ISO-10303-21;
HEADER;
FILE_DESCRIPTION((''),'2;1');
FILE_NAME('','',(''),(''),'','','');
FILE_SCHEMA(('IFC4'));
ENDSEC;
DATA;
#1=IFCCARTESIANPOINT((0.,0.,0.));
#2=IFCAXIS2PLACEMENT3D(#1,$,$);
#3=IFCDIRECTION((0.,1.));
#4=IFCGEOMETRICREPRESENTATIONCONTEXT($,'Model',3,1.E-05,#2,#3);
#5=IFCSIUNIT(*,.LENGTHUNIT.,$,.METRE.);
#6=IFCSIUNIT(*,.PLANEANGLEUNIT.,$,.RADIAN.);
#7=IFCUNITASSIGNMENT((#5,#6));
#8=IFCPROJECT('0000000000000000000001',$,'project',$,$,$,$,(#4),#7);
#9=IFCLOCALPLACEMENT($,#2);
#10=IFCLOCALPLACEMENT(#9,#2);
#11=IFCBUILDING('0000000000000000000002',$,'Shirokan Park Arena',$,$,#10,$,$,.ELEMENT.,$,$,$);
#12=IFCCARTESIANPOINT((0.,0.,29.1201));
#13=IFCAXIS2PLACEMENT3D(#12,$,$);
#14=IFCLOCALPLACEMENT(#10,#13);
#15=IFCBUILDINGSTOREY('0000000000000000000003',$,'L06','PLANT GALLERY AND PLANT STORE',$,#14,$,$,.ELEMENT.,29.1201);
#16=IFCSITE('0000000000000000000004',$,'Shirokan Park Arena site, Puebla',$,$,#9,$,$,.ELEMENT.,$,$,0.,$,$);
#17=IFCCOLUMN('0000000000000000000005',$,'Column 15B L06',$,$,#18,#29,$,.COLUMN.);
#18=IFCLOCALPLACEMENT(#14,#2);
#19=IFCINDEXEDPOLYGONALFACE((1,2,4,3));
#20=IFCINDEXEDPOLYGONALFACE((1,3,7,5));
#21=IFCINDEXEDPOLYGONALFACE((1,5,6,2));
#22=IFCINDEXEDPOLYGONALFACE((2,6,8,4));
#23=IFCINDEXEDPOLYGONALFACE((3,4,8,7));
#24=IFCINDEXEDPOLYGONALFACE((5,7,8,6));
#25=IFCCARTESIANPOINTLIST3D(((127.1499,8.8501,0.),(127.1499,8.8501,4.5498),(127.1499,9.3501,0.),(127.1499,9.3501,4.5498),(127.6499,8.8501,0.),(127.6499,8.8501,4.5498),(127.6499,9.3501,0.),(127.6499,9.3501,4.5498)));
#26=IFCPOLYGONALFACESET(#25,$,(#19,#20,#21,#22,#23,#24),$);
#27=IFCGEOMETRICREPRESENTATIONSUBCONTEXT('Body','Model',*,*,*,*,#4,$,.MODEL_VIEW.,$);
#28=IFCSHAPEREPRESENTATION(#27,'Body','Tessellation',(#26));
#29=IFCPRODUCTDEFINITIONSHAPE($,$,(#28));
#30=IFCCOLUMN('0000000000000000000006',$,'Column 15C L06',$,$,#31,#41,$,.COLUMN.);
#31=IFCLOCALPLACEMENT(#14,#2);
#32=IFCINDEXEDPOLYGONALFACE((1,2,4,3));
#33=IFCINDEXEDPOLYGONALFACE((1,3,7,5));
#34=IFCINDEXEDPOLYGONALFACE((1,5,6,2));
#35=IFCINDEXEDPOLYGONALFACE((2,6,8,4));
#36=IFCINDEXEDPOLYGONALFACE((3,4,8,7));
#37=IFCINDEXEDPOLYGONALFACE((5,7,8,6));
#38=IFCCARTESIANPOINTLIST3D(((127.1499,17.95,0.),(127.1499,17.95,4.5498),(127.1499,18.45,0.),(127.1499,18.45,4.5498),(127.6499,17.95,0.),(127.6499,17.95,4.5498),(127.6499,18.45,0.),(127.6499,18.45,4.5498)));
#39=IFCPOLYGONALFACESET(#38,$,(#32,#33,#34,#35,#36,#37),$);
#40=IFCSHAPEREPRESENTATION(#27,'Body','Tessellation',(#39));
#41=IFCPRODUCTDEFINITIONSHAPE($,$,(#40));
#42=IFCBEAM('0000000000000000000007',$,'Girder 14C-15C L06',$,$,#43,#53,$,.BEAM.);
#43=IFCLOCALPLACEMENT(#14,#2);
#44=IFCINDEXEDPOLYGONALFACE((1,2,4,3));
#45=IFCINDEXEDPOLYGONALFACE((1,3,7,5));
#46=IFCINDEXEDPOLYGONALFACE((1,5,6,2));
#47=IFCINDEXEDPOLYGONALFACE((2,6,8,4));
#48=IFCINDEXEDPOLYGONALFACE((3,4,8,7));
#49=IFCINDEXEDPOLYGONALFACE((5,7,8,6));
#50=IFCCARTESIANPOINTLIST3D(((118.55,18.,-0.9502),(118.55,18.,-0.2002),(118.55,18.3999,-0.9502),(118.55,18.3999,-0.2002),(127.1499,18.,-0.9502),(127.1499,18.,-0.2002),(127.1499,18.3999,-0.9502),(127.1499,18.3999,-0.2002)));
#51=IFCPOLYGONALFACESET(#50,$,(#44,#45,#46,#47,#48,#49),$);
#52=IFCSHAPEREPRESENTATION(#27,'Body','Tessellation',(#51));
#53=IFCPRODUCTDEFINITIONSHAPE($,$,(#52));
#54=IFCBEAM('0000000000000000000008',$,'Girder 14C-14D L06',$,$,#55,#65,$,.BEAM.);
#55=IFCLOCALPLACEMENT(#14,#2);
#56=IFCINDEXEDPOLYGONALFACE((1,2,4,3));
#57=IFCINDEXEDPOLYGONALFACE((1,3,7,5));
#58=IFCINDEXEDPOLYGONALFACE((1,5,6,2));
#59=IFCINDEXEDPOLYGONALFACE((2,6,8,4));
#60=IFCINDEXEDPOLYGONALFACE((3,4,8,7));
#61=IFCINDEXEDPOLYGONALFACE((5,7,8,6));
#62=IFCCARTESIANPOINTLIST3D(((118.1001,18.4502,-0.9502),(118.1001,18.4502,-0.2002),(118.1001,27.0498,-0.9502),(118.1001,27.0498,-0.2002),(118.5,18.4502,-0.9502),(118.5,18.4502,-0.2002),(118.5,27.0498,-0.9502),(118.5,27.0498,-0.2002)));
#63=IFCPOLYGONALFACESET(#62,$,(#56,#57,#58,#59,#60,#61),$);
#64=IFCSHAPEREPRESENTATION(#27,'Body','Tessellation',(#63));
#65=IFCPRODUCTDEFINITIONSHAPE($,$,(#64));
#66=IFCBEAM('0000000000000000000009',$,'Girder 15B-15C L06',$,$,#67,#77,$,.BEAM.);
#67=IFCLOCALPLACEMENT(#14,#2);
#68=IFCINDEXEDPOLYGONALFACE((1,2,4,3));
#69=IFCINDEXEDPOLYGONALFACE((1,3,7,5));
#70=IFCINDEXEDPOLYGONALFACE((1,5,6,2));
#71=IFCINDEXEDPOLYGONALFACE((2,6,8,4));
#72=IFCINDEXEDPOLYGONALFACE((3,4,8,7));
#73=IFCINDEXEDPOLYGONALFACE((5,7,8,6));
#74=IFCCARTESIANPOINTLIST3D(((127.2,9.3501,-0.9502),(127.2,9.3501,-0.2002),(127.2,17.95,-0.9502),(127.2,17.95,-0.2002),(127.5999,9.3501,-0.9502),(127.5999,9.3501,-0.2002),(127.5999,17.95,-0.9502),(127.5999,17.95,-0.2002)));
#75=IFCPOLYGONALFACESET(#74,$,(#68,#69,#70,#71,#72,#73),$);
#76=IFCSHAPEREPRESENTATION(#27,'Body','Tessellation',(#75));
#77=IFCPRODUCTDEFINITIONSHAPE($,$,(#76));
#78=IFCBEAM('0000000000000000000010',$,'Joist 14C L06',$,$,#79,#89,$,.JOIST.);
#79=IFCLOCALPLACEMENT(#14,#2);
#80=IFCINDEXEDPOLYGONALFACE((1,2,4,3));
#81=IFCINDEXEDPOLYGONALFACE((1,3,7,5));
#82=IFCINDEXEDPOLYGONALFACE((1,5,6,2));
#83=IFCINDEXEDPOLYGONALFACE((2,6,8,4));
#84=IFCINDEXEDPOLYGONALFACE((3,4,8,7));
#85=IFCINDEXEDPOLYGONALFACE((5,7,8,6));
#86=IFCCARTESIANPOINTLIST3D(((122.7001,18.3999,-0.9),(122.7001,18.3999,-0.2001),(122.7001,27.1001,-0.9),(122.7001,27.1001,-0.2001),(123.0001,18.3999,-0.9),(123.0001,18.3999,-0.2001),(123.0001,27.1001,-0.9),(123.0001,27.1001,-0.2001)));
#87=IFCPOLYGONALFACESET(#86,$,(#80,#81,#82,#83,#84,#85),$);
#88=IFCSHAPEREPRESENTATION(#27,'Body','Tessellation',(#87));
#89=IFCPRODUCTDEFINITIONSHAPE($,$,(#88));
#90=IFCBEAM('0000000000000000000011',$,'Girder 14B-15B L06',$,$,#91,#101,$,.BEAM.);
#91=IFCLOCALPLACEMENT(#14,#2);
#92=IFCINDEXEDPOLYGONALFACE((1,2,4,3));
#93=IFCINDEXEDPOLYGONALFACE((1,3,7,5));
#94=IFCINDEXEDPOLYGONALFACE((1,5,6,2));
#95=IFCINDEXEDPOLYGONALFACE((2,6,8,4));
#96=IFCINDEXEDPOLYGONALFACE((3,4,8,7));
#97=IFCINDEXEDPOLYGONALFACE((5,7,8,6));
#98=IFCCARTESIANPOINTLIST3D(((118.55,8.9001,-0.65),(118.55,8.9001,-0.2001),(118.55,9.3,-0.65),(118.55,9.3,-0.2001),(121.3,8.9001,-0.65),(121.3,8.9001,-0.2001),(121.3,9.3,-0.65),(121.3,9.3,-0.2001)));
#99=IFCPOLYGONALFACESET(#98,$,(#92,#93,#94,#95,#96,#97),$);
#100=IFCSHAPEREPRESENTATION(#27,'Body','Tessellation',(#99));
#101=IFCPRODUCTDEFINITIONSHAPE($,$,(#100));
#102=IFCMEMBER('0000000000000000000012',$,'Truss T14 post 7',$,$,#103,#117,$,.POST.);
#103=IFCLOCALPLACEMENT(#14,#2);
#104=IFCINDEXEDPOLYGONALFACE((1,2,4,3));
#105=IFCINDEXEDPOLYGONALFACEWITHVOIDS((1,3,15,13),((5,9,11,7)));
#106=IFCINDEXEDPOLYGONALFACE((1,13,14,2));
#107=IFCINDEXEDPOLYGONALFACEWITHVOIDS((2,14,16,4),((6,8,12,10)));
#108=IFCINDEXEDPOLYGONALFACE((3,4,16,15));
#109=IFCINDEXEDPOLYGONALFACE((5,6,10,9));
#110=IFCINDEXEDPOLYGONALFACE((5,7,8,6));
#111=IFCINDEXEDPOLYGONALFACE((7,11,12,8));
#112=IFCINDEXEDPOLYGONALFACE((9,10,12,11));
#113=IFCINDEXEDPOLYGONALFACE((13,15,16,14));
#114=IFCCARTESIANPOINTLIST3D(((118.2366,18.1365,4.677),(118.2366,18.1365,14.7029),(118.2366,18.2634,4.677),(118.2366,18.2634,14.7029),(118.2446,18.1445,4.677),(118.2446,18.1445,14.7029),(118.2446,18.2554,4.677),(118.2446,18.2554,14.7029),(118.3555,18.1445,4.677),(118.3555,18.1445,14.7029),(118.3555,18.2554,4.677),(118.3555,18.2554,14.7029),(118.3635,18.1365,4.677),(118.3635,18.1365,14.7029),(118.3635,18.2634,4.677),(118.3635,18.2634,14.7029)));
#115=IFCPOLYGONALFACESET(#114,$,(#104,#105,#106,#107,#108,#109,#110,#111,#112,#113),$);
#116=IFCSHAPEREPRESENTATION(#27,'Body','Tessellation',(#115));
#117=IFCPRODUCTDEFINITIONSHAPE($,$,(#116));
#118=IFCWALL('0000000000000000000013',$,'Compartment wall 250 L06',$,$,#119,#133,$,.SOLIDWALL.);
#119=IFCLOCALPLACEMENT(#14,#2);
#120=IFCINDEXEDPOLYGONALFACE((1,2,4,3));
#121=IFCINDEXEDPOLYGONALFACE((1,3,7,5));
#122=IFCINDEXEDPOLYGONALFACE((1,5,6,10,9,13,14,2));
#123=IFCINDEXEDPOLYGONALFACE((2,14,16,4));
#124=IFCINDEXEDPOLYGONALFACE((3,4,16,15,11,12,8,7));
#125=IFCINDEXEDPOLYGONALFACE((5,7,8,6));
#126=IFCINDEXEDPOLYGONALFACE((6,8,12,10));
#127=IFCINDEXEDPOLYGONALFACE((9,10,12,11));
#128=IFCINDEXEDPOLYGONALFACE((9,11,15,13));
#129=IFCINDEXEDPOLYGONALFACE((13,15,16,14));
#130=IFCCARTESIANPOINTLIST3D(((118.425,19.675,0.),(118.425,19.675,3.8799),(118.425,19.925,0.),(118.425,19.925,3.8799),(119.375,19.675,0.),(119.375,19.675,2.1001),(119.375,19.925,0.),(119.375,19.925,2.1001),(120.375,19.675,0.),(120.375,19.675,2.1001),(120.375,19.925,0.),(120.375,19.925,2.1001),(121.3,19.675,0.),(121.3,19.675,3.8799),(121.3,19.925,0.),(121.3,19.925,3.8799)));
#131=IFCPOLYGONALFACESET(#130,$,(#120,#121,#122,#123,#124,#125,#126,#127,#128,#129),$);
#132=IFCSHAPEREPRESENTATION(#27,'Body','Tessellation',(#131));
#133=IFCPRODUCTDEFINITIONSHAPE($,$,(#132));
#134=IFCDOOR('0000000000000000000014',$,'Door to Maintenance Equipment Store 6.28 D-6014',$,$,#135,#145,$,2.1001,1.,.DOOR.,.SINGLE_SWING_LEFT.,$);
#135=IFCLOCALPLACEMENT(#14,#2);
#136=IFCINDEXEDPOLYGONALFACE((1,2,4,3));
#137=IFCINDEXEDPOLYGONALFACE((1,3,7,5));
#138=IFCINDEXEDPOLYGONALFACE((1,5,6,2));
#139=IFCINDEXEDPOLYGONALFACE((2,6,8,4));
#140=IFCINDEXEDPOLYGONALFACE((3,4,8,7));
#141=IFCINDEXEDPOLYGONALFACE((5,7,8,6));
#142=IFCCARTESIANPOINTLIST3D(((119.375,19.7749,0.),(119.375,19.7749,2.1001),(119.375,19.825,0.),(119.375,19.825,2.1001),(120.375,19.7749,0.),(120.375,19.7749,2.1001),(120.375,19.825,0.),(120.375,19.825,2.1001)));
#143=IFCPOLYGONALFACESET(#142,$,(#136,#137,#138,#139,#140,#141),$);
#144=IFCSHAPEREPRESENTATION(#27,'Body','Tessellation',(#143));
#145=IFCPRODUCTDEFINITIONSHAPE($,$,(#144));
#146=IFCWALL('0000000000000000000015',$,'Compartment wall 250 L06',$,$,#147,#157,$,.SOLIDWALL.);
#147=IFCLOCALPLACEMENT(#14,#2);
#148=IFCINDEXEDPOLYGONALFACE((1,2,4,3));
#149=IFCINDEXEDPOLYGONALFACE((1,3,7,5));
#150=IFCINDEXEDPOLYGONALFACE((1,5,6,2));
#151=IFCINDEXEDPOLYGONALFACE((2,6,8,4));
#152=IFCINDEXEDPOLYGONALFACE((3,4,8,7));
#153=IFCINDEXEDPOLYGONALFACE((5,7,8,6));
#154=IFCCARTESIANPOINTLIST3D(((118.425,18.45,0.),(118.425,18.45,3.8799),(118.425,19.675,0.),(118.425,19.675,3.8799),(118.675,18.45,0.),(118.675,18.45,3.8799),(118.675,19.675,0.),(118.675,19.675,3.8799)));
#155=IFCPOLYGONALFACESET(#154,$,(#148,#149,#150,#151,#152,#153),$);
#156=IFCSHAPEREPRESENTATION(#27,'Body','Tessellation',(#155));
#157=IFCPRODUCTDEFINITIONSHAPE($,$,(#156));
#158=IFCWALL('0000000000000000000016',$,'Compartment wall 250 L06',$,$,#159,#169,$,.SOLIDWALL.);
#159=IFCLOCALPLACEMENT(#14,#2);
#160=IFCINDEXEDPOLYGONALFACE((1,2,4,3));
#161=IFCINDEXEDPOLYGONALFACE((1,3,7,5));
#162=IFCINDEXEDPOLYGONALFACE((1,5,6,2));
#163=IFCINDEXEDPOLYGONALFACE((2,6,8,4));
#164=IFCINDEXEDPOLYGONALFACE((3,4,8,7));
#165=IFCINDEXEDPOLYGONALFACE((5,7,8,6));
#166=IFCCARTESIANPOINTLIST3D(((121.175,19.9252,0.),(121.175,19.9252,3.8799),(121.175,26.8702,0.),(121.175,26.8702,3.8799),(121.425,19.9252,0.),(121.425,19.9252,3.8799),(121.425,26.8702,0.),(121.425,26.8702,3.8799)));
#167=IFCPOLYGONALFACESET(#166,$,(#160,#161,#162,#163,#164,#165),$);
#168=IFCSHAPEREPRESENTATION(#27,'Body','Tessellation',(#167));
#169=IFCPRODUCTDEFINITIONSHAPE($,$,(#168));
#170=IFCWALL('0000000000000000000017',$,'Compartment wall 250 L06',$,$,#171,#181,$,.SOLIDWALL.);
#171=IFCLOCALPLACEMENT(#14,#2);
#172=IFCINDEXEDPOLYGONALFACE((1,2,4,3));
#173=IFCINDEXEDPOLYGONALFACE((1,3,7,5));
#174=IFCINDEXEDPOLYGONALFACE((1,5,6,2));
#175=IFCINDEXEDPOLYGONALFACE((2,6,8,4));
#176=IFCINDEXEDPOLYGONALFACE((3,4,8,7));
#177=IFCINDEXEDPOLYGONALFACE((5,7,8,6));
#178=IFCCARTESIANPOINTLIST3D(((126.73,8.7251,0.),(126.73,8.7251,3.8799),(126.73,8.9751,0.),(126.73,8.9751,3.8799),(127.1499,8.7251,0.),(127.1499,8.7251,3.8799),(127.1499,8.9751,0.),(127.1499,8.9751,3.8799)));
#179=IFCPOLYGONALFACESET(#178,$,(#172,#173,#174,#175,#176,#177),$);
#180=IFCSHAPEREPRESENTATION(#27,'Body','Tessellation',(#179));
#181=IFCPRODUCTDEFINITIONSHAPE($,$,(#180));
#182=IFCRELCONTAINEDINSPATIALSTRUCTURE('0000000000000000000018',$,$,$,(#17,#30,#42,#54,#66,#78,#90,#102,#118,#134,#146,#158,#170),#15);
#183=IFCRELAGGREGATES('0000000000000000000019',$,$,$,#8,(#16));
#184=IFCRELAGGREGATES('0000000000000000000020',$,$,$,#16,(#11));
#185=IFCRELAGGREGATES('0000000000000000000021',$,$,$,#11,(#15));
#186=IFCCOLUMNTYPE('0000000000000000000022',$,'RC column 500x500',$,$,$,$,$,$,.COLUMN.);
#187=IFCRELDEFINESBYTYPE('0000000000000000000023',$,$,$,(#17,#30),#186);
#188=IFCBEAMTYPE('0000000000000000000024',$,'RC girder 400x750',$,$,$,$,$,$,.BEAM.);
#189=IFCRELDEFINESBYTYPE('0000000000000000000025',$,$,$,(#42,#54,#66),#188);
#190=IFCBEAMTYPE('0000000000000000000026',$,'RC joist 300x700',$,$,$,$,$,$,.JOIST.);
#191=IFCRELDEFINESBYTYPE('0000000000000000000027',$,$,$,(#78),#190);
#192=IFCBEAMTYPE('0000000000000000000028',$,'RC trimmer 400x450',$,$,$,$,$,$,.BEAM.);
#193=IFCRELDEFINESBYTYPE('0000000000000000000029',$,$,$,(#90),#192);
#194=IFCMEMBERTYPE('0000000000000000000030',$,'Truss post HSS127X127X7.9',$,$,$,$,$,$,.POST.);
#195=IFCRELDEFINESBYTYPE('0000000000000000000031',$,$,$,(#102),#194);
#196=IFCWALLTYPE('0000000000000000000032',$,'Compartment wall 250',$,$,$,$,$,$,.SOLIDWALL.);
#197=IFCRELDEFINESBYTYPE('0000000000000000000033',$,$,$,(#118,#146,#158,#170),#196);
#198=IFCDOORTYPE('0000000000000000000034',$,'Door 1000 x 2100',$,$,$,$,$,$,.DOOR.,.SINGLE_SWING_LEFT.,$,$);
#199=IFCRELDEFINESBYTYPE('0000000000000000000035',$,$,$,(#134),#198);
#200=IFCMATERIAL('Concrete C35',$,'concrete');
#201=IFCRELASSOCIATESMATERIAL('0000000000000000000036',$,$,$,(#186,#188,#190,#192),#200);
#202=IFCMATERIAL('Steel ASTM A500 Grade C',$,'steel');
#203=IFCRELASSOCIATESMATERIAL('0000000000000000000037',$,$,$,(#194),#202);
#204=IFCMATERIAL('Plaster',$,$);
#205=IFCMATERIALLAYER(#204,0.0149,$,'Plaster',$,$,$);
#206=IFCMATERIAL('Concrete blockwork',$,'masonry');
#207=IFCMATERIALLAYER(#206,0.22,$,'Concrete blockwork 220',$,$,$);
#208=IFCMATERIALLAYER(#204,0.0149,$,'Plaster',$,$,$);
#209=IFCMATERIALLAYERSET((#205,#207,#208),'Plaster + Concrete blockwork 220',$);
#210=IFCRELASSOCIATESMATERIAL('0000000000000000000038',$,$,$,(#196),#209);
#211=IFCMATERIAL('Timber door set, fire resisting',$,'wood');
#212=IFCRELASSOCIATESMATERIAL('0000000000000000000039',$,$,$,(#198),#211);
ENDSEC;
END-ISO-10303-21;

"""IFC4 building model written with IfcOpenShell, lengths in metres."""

from ifc_helpers import new_model, si_unit, direction, frame, frame_2d, origin, origin_2d, place, context, subcontext, project, spatial, rectangle, hollow_rectangle, extrude, material, layer, layer_set, material_profile, profile_set, type_object, element, fill, save


model = new_model("IFC4")

# Units and contexts
model_context = context("Model", 3, precision=1e-05, world=origin(), true_north=direction((0.0, 1.0)))
body_context = subcontext(model_context, "Body", "Model", "MODEL_VIEW")
ifc_project = project(units=[si_unit("LENGTHUNIT", "METRE"), si_unit("PLANEANGLEUNIT", "RADIAN")], contexts=[model_context])

# Site, building, storey
site_placement = place(None, origin())
site = spatial("IfcSite", under=ifc_project, at=site_placement, Name="Shirokan Park Arena site, Puebla", CompositionType="ELEMENT", RefElevation=0.0)
building_placement = place(site_placement, origin())
building = spatial("IfcBuilding", under=site, at=building_placement, Name="Shirokan Park Arena", CompositionType="ELEMENT")
storey_placement = place(building_placement, frame((0.0, 0.0, 29.1201)))
storey = spatial("IfcBuildingStorey", under=building, at=storey_placement, Name="L06", Description="PLANT GALLERY AND PLANT STORE", CompositionType="ELEMENT", Elevation=29.1201)

# Columns
ifc_material_1 = material(Name="Concrete C35", Category="concrete")
ifc_material_profile_1 = material_profile(ifc_material_1, rectangle(XDim=0.5, YDim=0.5, at=origin_2d()), Name="500x500")
ifc_profile_set_1 = profile_set([ifc_material_profile_1], Name="Concrete C35")
column_type = type_object("IfcColumnType", Name="RC column 500x500", PredefinedType="COLUMN", material=ifc_profile_set_1)
for number, where, z_axis, x_axis, name in (
    (1, (127.3999, 9.1001, 0.0), (0.0, 0.0, 1.0), (1.0, 0.0, 0.0), "Column 15B L06"),
    (2, (127.3999, 18.2, 0.0), (0.0, 0.0, 1.0), (1.0, 0.0, 0.0), "Column 15C L06"),
):
    element("IfcColumn", number, at=place(storey_placement, frame(where, z_axis=z_axis, x_axis=x_axis)), inside=storey, type_object=column_type, Name=name, PredefinedType="COLUMN", context=body_context, shape_type="SweptSolid", body=[
        extrude(rectangle(XDim=0.5, YDim=0.5, at=origin_2d()), origin(), (0.0, 0.0, 1.0), 4.5498),
    ])

# Beams
ifc_material_profile_2 = material_profile(ifc_material_1, rectangle(XDim=0.3999, YDim=0.75, at=origin_2d()), Name="400x750")
ifc_profile_set_2 = profile_set([ifc_material_profile_2], Name="Concrete C35")
beam_type_1 = type_object("IfcBeamType", Name="RC girder 400x750", PredefinedType="BEAM", material=ifc_profile_set_2)
beam_1_placement = place(storey_placement, frame((118.55, 18.2, -0.5752), z_axis=(1.0, 0.0, 0.0), x_axis=(0.0, 1.0, 0.0)))
element("IfcBeam", 3, at=beam_1_placement, inside=storey, type_object=beam_type_1, Name="Girder 14C-15C L06", PredefinedType="BEAM", context=body_context, shape_type="SweptSolid", body=[
    extrude(rectangle(XDim=0.3999, YDim=0.75, at=origin_2d()), origin(), (0.0, 0.0, 1.0), 8.5999),
])
beam_2_placement = place(storey_placement, frame((118.3, 18.4502, -0.5752), z_axis=(0.0, 1.0, 0.0), x_axis=(-1.0, 0.0, 0.0)))
element("IfcBeam", 4, at=beam_2_placement, inside=storey, type_object=beam_type_1, Name="Girder 14C-14D L06", PredefinedType="BEAM", context=body_context, shape_type="SweptSolid", body=[
    extrude(rectangle(XDim=0.3999, YDim=0.75, at=origin_2d()), origin(), (0.0, 0.0, 1.0), 8.5996),
])
beam_3_placement = place(storey_placement, frame((127.3999, 9.3501, -0.5752), z_axis=(0.0, 1.0, 0.0), x_axis=(-1.0, 0.0, 0.0)))
element("IfcBeam", 5, at=beam_3_placement, inside=storey, type_object=beam_type_1, Name="Girder 15B-15C L06", PredefinedType="BEAM", context=body_context, shape_type="SweptSolid", body=[
    extrude(rectangle(XDim=0.3999, YDim=0.75, at=origin_2d()), origin(), (0.0, 0.0, 1.0), 8.5999),
])
ifc_material_profile_3 = material_profile(ifc_material_1, rectangle(XDim=0.3, YDim=0.7, at=origin_2d()), Name="300x700")
ifc_profile_set_3 = profile_set([ifc_material_profile_3], Name="Concrete C35")
beam_type_2 = type_object("IfcBeamType", Name="RC joist 300x700", PredefinedType="JOIST", material=ifc_profile_set_3)
beam_4_placement = place(storey_placement, frame((122.8501, 18.3999, -0.55), z_axis=(0.0, 1.0, 0.0), x_axis=(-1.0, 0.0, 0.0)))
element("IfcBeam", 6, at=beam_4_placement, inside=storey, type_object=beam_type_2, Name="Joist 14C L06", PredefinedType="JOIST", context=body_context, shape_type="SweptSolid", body=[
    extrude(rectangle(XDim=0.3, YDim=0.7, at=origin_2d()), origin(), (0.0, 0.0, 1.0), 8.7002),
])
ifc_material_profile_4 = material_profile(ifc_material_1, rectangle(XDim=0.3999, YDim=0.45, at=origin_2d()), Name="400x450")
ifc_profile_set_4 = profile_set([ifc_material_profile_4], Name="Concrete C35")
beam_type_3 = type_object("IfcBeamType", Name="RC trimmer 400x450", PredefinedType="BEAM", material=ifc_profile_set_4)
beam_5_placement = place(storey_placement, frame((118.55, 9.1001, -0.425), z_axis=(1.0, 0.0, 0.0), x_axis=(0.0, 1.0, 0.0)))
element("IfcBeam", 7, at=beam_5_placement, inside=storey, type_object=beam_type_3, Name="Girder 14B-15B L06", PredefinedType="BEAM", context=body_context, shape_type="SweptSolid", body=[
    extrude(rectangle(XDim=0.3999, YDim=0.45, at=origin_2d()), origin(), (0.0, 0.0, 1.0), 2.75),
])

# Member
ifc_material_2 = material(Name="Steel ASTM A500 Grade C", Category="steel")
ifc_material_profile_5 = material_profile(ifc_material_2, hollow_rectangle(XDim=0.127, YDim=0.127, WallThickness=0.0081, at=origin_2d()), Name="HSS127X127X7.9")
ifc_profile_set_5 = profile_set([ifc_material_profile_5], Name="Steel ASTM A500 Grade C")
member_type = type_object("IfcMemberType", Name="Truss post HSS127X127X7.9", PredefinedType="POST", material=ifc_profile_set_5)
member_placement = place(storey_placement, frame((118.3, 18.2, 4.677), z_axis=(0.0, 0.0, 1.0), x_axis=(1.0, 0.0, 0.0)))
element("IfcMember", 8, at=member_placement, inside=storey, type_object=member_type, Name="Truss T14 post 7", PredefinedType="POST", context=body_context, shape_type="SweptSolid", body=[
    extrude(hollow_rectangle(XDim=0.127, YDim=0.127, WallThickness=0.0081, at=origin_2d()), origin(), (0.0, 0.0, 1.0), 10.0259),
])

# Wall, opening, door
ifc_material_3 = material(Name="Plaster")
ifc_layer_1 = layer(ifc_material_3, 0.0149, Name="Plaster")
ifc_material_4 = material(Name="Concrete blockwork", Category="masonry")
ifc_layer_2 = layer(ifc_material_4, 0.22, Name="Concrete blockwork 220")
ifc_layer_3 = layer(ifc_material_3, 0.0149, Name="Plaster")
ifc_layer_set_1 = layer_set([ifc_layer_1, ifc_layer_2, ifc_layer_3], Name="Plaster + Concrete blockwork 220")
wall_type_1 = type_object("IfcWallType", Name="Compartment wall 250", PredefinedType="SOLIDWALL", material=ifc_layer_set_1)
wall_1_placement = place(storey_placement, frame((118.425, 19.8, 0.0), z_axis=(0.0, 0.0, 1.0), x_axis=(1.0, 0.0, 0.0)))
wall_1 = element("IfcWall", 9, at=wall_1_placement, inside=storey, type_object=wall_type_1, Name="Compartment wall 250 L06", PredefinedType="SOLIDWALL", context=body_context, shape_type="SweptSolid", body=[
    extrude(rectangle(XDim=2.875, YDim=0.25, at=frame_2d((1.4375, 0.0))), origin(), (0.0, 0.0, 1.0), 3.8799),
])
opening_1_placement = place(wall_1_placement, frame((0.95, 0.0, 0.0)))
opening_1 = element("IfcOpeningElement", 10, at=opening_1_placement, cuts=wall_1, PredefinedType="OPENING", context=body_context, shape_type="SweptSolid", body=[
    extrude(rectangle(XDim=1.0, YDim=2.1001, at=frame_2d((0.5, 1.05))), frame((0.0, 0.135, 0.0), z_axis=(0.0, -1.0, 0.0), x_axis=(1.0, 0.0, 0.0)), (0.0, 0.0, 1.0), 0.27),
])
ifc_material_5 = material(Name="Timber door set, fire resisting", Category="wood")
door_type_1 = type_object("IfcDoorType", Name="Door 1000 x 2100", OperationType="SINGLE_SWING_LEFT", PredefinedType="DOOR", material=ifc_material_5)
door_1_placement = place(opening_1_placement, origin())
door_1 = element("IfcDoor", 11, at=door_1_placement, inside=storey, type_object=door_type_1, Name="Door to Maintenance Equipment Store 6.28 D-6014", OperationType="SINGLE_SWING_LEFT", OverallHeight=2.1001, OverallWidth=1.0, PredefinedType="DOOR", context=body_context, shape_type="SweptSolid", body=[
    extrude(rectangle(XDim=1.0, YDim=2.1001, at=frame_2d((0.5, 1.05))), frame((0.0, 0.0249, 0.0), z_axis=(0.0, -1.0, 0.0), x_axis=(1.0, 0.0, 0.0)), (0.0, 0.0, 1.0), 0.05),
])
fill(opening_1, door_1)

# Walls
wall_2_placement = place(storey_placement, frame((118.55, 18.45, 0.0), z_axis=(0.0, 0.0, 1.0), x_axis=(0.0, 1.0, 0.0)))
element("IfcWall", 12, at=wall_2_placement, inside=storey, type_object=wall_type_1, Name="Compartment wall 250 L06", PredefinedType="SOLIDWALL", context=body_context, shape_type="SweptSolid", body=[
    extrude(rectangle(XDim=1.2251, YDim=0.25, at=frame_2d((0.6125, 0.0))), origin(), (0.0, 0.0, 1.0), 3.8799),
])
wall_3_placement = place(storey_placement, frame((121.3, 19.925, 0.0), z_axis=(0.0, 0.0, 1.0), x_axis=(0.0, 1.0, 0.0)))
element("IfcWall", 13, at=wall_3_placement, inside=storey, type_object=wall_type_1, Name="Compartment wall 250 L06", PredefinedType="SOLIDWALL", context=body_context, shape_type="SweptSolid", body=[
    extrude(rectangle(XDim=6.9451, YDim=0.25, at=frame_2d((3.4727, 0.0))), origin(), (0.0, 0.0, 1.0), 3.8799),
])
for number, where, z_axis, x_axis, name in (
    (14, (126.73, 8.8501, 0.0), (0.0, 0.0, 1.0), (1.0, 0.0, 0.0), "Compartment wall 250 L06"),
):
    element("IfcWall", number, at=place(storey_placement, frame(where, z_axis=z_axis, x_axis=x_axis)), inside=storey, type_object=wall_type_1, Name=name, PredefinedType="SOLIDWALL", context=body_context, shape_type="SweptSolid", body=[
        extrude(rectangle(XDim=0.4199, YDim=0.25, at=frame_2d((0.21, 0.0))), origin(), (0.0, 0.0, 1.0), 3.8799),
    ])

save(model, "model.ifc")
